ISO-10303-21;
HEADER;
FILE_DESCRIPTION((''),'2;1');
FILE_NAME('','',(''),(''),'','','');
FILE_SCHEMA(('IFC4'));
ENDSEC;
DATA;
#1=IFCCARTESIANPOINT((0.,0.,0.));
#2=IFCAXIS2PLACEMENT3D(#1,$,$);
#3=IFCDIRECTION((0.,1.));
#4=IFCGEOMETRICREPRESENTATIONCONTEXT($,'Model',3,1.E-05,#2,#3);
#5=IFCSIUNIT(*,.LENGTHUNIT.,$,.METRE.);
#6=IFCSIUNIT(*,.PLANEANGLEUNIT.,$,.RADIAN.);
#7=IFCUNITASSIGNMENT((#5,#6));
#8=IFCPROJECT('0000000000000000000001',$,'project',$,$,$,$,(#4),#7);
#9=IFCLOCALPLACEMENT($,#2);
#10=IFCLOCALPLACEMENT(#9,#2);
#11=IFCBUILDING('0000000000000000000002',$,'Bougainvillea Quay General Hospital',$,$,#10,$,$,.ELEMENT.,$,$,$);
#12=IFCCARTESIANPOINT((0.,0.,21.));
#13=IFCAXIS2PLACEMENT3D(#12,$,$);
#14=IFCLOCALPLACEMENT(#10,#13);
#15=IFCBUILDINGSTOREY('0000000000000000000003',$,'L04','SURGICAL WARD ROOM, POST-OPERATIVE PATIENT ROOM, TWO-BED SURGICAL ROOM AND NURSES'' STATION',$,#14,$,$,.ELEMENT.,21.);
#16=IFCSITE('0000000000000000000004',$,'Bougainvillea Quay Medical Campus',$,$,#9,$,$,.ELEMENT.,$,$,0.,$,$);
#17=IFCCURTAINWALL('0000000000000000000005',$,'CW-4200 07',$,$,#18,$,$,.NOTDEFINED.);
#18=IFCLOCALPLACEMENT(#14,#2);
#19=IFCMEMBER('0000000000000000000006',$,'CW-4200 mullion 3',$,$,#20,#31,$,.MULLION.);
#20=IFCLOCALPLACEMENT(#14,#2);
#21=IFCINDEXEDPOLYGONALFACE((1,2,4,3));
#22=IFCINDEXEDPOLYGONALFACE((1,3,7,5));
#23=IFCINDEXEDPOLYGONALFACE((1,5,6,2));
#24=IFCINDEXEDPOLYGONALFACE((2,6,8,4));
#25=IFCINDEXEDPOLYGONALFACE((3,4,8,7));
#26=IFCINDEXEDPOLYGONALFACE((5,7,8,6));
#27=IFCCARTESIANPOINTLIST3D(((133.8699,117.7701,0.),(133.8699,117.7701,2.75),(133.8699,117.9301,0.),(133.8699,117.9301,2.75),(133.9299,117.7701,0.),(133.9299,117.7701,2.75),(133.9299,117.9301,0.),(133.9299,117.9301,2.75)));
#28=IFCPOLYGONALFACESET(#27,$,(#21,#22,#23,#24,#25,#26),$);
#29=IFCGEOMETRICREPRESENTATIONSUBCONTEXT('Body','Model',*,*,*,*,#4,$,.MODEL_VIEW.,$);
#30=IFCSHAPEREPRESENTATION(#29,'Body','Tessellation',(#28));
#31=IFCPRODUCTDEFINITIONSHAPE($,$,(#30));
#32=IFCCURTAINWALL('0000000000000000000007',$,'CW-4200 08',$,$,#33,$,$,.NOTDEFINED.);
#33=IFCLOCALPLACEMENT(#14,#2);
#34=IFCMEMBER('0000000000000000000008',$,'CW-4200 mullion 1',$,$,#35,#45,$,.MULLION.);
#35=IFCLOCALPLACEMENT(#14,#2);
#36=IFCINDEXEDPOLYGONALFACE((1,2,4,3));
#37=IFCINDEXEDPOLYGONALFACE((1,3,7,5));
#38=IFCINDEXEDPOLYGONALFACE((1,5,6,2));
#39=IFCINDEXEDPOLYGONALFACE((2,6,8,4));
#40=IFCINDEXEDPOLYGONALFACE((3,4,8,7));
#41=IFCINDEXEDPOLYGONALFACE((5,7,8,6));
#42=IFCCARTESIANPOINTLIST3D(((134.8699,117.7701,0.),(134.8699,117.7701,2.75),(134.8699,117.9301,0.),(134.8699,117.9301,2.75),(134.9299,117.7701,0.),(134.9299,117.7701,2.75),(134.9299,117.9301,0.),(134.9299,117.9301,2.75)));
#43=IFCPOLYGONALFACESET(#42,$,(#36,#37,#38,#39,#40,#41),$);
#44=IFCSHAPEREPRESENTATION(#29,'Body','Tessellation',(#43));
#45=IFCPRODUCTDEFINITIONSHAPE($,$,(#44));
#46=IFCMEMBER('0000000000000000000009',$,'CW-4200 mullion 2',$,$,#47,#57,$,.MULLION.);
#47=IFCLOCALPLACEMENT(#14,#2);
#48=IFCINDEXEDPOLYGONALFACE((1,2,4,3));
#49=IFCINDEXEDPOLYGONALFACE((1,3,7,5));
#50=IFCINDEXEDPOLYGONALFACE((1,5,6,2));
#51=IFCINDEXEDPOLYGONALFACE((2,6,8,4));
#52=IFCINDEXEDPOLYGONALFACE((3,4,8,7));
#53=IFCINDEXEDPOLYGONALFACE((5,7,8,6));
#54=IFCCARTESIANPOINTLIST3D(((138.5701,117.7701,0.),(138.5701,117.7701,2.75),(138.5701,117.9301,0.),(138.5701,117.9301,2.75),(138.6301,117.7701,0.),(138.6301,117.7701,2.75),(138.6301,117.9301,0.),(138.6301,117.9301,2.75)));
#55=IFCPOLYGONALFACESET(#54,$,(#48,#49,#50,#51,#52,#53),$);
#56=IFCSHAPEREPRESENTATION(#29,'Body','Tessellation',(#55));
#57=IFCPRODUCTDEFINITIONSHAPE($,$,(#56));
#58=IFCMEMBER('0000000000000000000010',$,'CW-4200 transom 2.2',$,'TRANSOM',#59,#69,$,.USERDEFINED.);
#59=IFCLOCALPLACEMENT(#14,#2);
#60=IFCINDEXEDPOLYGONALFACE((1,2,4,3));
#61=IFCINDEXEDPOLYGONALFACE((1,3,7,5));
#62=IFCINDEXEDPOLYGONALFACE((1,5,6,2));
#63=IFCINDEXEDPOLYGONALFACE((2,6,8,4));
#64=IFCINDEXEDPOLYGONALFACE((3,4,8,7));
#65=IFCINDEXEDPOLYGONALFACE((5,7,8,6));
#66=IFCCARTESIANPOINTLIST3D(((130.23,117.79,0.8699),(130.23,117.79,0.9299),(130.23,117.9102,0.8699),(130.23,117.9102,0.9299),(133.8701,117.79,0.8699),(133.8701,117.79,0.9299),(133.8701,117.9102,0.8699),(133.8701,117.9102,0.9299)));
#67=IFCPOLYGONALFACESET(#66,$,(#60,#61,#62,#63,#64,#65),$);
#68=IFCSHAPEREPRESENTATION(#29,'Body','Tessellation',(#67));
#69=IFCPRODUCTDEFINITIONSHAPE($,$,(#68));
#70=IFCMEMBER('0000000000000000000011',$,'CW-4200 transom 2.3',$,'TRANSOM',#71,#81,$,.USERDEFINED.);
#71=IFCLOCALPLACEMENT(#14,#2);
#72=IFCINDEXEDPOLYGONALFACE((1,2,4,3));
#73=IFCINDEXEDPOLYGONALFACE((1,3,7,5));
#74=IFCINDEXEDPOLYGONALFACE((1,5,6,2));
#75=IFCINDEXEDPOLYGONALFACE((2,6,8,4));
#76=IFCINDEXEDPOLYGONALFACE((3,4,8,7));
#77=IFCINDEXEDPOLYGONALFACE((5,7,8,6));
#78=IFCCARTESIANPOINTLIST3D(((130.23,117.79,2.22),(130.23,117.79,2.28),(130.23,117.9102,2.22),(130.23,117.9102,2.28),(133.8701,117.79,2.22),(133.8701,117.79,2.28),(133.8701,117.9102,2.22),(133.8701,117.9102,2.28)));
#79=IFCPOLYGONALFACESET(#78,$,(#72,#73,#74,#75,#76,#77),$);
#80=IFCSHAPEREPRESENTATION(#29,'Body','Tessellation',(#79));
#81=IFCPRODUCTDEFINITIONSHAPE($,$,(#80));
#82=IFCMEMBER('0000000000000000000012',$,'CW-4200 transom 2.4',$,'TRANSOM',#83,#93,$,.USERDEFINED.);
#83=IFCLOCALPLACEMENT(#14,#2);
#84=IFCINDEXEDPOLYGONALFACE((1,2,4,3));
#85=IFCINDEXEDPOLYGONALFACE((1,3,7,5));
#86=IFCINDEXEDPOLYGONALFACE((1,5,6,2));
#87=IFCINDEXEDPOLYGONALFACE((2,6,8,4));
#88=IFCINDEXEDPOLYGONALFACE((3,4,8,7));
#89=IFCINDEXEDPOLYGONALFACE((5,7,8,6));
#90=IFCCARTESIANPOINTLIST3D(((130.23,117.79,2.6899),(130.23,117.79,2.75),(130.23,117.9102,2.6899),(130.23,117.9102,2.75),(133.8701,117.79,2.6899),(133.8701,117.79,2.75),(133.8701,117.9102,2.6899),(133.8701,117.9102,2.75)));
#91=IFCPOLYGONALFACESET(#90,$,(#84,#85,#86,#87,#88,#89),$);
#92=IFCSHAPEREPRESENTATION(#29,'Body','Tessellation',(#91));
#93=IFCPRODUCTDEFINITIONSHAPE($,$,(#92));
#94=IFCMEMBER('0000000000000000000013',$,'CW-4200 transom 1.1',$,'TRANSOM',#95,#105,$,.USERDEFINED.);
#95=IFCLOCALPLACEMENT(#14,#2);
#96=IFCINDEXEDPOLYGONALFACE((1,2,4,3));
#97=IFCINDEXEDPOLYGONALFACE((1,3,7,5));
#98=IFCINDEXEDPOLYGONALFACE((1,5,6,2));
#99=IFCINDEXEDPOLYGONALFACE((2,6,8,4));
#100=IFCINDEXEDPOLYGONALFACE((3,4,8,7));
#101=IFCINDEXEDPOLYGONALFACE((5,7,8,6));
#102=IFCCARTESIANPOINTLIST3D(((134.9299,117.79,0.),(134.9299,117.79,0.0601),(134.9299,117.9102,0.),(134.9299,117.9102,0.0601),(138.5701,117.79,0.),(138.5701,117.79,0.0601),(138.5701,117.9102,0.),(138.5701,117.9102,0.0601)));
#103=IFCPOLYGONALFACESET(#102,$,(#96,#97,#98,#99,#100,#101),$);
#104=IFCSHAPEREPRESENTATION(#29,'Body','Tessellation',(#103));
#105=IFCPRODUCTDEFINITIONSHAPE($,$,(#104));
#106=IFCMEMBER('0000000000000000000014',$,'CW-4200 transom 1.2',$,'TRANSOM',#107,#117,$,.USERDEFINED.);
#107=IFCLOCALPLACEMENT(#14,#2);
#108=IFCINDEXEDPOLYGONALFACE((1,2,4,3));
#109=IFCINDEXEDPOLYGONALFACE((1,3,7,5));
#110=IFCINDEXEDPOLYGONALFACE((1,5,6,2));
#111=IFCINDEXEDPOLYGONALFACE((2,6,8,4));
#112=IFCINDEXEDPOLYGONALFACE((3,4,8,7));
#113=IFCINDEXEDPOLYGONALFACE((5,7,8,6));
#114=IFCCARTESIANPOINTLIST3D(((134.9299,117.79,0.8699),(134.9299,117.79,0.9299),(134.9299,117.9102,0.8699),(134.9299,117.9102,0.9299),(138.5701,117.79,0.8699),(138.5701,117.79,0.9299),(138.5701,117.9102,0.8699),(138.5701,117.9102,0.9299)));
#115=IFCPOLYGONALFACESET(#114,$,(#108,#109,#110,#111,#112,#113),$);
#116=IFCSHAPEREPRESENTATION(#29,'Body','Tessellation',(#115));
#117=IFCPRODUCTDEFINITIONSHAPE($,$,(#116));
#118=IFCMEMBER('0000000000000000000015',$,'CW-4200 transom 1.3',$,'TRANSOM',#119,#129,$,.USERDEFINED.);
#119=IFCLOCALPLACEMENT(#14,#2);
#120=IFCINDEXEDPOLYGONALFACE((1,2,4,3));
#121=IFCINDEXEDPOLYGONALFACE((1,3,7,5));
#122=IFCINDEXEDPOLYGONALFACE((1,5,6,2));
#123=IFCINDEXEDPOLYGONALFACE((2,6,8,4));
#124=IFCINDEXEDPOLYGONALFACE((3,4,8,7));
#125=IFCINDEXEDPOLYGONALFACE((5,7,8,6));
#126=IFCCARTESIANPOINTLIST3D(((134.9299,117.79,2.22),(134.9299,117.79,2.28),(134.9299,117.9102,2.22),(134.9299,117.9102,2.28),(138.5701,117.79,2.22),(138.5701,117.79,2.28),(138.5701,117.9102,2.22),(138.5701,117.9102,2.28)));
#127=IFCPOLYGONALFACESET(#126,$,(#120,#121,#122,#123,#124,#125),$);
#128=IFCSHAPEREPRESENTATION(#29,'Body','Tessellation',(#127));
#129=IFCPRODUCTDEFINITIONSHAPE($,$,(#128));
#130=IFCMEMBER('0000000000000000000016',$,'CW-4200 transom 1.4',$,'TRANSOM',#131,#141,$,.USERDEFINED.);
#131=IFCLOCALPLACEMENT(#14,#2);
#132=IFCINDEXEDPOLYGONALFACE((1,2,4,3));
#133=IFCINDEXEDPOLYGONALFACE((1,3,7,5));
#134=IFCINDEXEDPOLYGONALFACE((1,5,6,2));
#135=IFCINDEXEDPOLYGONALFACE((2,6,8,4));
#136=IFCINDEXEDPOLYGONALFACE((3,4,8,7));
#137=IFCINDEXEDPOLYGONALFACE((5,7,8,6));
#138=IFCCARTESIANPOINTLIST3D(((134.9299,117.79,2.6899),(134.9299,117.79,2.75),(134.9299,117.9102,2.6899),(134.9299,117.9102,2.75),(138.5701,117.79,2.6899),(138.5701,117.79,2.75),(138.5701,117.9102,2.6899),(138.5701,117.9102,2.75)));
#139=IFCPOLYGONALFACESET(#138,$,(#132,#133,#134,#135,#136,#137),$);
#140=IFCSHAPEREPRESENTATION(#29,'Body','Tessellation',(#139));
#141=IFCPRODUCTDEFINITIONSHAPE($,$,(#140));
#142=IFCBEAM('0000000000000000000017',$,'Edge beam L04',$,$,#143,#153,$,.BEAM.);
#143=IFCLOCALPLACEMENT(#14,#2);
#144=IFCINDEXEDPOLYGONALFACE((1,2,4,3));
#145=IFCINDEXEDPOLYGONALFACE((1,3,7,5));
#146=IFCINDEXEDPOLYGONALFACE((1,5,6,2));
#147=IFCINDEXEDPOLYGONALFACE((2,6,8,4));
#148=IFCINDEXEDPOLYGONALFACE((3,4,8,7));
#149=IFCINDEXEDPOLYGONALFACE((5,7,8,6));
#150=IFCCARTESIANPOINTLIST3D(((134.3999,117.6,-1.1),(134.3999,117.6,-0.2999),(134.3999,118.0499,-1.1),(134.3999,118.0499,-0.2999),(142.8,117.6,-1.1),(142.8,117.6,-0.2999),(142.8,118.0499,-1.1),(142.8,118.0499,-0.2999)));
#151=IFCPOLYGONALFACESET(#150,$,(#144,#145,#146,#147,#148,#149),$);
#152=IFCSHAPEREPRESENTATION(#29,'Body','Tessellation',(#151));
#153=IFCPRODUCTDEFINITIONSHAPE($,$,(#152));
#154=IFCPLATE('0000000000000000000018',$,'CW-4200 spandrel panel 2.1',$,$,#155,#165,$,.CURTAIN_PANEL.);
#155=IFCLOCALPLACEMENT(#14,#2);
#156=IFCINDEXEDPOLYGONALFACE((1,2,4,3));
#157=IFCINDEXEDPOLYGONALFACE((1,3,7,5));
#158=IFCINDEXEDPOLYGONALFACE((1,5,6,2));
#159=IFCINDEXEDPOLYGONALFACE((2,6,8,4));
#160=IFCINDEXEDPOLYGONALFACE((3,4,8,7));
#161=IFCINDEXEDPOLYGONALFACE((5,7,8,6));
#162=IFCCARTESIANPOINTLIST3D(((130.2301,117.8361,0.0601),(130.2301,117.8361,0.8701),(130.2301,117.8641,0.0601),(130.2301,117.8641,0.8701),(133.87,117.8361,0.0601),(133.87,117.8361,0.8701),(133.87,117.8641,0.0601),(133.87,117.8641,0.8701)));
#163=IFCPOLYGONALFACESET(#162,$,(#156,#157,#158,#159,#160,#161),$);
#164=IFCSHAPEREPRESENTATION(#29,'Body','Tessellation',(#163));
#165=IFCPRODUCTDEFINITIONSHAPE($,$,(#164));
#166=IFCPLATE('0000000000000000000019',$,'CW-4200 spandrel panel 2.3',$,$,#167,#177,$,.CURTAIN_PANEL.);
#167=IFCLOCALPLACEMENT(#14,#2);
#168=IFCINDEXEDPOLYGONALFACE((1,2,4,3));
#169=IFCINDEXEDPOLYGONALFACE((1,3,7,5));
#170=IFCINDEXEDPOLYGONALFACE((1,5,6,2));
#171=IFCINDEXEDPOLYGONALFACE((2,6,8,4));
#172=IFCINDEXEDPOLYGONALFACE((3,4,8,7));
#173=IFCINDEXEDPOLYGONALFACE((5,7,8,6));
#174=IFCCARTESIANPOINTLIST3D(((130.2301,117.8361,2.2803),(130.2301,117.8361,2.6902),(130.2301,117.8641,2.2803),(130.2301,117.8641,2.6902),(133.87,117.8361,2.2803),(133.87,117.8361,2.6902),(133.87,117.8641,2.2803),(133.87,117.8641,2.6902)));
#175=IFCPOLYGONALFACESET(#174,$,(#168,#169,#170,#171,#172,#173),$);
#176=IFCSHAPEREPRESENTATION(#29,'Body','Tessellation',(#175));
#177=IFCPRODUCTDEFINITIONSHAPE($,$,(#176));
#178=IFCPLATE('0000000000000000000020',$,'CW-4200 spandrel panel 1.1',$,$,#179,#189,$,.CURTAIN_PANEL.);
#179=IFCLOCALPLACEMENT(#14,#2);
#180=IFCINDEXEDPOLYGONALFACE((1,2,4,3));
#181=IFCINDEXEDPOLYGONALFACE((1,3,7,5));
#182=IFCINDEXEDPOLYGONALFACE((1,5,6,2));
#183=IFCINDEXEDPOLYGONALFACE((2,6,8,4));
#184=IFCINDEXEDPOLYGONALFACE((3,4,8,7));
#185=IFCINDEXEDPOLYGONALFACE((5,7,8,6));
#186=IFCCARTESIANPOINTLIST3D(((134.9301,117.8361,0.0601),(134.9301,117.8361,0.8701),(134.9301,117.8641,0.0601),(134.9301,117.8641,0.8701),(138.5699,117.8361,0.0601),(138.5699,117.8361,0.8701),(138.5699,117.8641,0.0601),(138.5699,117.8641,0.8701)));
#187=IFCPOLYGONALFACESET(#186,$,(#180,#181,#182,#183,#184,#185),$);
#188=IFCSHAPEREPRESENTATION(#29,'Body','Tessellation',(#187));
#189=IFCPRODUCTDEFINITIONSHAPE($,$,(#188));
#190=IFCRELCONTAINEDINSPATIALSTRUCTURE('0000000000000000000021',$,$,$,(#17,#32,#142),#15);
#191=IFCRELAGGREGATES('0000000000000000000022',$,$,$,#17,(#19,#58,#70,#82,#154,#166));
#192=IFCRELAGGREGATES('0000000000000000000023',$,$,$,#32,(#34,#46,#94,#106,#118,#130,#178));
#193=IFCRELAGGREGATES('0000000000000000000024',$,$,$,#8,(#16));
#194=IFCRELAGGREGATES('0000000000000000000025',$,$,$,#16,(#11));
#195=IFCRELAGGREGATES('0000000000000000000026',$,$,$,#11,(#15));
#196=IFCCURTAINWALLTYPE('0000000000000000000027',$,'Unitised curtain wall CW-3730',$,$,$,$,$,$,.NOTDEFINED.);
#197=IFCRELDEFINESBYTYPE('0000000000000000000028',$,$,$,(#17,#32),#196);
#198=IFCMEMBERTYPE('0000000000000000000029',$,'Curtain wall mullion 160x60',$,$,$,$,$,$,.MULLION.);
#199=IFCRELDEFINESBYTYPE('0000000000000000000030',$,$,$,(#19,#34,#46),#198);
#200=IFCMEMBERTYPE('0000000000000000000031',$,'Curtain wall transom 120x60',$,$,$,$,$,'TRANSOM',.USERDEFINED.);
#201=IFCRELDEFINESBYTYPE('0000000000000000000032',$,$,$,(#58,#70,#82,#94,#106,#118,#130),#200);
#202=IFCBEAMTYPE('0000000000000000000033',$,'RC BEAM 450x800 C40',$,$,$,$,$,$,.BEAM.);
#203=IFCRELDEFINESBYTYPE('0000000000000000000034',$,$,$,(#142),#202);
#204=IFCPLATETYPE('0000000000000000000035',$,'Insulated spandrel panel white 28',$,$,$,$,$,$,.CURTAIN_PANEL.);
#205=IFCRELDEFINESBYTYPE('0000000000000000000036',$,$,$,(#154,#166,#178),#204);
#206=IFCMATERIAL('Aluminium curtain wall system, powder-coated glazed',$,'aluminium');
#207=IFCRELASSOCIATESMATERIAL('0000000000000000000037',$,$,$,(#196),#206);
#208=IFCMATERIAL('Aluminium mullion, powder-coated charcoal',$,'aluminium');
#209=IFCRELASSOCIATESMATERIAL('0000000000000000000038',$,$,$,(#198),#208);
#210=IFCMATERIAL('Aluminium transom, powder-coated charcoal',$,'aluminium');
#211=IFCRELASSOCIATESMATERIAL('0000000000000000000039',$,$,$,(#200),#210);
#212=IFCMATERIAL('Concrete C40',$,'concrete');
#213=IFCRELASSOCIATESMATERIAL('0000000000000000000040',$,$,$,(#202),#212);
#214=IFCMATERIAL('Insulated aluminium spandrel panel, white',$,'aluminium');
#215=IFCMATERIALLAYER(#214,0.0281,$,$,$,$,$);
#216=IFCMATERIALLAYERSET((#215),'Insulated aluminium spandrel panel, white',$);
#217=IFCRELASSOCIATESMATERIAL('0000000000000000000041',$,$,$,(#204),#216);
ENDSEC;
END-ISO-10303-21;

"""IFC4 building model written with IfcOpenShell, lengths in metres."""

from ifc_helpers import new_model, si_unit, direction, frame, origin, origin_2d, place, context, subcontext, project, spatial, rectangle, extrude, material, layer, layer_set, material_profile, profile_set, type_object, element, aggregate, save


model = new_model("IFC4")

# Units and contexts
model_context = context("Model", 3, precision=1e-05, world=origin(), true_north=direction((0.0, 1.0)))
body_context = subcontext(model_context, "Body", "Model", "MODEL_VIEW")
ifc_project = project(units=[si_unit("LENGTHUNIT", "METRE"), si_unit("PLANEANGLEUNIT", "RADIAN")], contexts=[model_context])

# Site, building, storey
site_placement = place(None, origin())
site = spatial("IfcSite", under=ifc_project, at=site_placement, Name="Bougainvillea Quay Medical Campus", CompositionType="ELEMENT", RefElevation=0.0)
building_placement = place(site_placement, origin())
building = spatial("IfcBuilding", under=site, at=building_placement, Name="Bougainvillea Quay General Hospital", CompositionType="ELEMENT")
storey_placement = place(building_placement, frame((0.0, 0.0, 21.0)))
storey = spatial("IfcBuildingStorey", under=building, at=storey_placement, Name="L04", Description="SURGICAL WARD ROOM, POST-OPERATIVE PATIENT ROOM, TWO-BED SURGICAL ROOM AND NURSES' STATION", CompositionType="ELEMENT", Elevation=21.0)

# Curtain wall, member
ifc_material_1 = material(Name="Aluminium curtain wall system, powder-coated glazed", Category="aluminium")
curtain_wall_type = type_object("IfcCurtainWallType", Name="Unitised curtain wall CW-3730", PredefinedType="NOTDEFINED", material=ifc_material_1)
curtain_wall_1_placement = place(storey_placement, origin())
curtain_wall_1 = element("IfcCurtainWall", 1, at=curtain_wall_1_placement, inside=storey, type_object=curtain_wall_type, Name="CW-4200 07", PredefinedType="NOTDEFINED")
ifc_material_2 = material(Name="Aluminium mullion, powder-coated charcoal", Category="aluminium")
ifc_material_profile_1 = material_profile(ifc_material_2, rectangle(XDim=0.1599, YDim=0.0601, at=origin_2d()))
ifc_profile_set_1 = profile_set([ifc_material_profile_1], Name="Aluminium mullion, powder-coated charcoal")
member_type_1 = type_object("IfcMemberType", Name="Curtain wall mullion 160x60", PredefinedType="MULLION", material=ifc_profile_set_1)
member_1_placement = place(storey_placement, frame((133.8999, 117.8501, 0.0), z_axis=(0.0, 0.0, 1.0), x_axis=(0.0, 1.0, 0.0)))
member_1 = element("IfcMember", 2, at=member_1_placement, type_object=member_type_1, Name="CW-4200 mullion 3", PredefinedType="MULLION", context=body_context, shape_type="SweptSolid", body=[
    extrude(rectangle(XDim=0.1599, YDim=0.0601, at=origin_2d()), origin(), (0.0, 0.0, 1.0), 2.75),
])

# Curtain wall, members
curtain_wall_2_placement = place(storey_placement, origin())
curtain_wall_2 = element("IfcCurtainWall", 3, at=curtain_wall_2_placement, inside=storey, type_object=curtain_wall_type, Name="CW-4200 08", PredefinedType="NOTDEFINED")
member_2_placement = place(storey_placement, frame((134.8999, 117.8501, 0.0), z_axis=(0.0, 0.0, 1.0), x_axis=(0.0, 1.0, 0.0)))
member_2 = element("IfcMember", 4, at=member_2_placement, type_object=member_type_1, Name="CW-4200 mullion 1", PredefinedType="MULLION", context=body_context, shape_type="SweptSolid", body=[
    extrude(rectangle(XDim=0.1599, YDim=0.0601, at=origin_2d()), origin(), (0.0, 0.0, 1.0), 2.75),
])
member_3_placement = place(storey_placement, frame((138.6001, 117.8501, 0.0), z_axis=(0.0, 0.0, 1.0), x_axis=(0.0, 1.0, 0.0)))
member_3 = element("IfcMember", 5, at=member_3_placement, type_object=member_type_1, Name="CW-4200 mullion 2", PredefinedType="MULLION", context=body_context, shape_type="SweptSolid", body=[
    extrude(rectangle(XDim=0.1599, YDim=0.0601, at=origin_2d()), origin(), (0.0, 0.0, 1.0), 2.75),
])

# Members
ifc_material_3 = material(Name="Aluminium transom, powder-coated charcoal", Category="aluminium")
ifc_material_profile_2 = material_profile(ifc_material_3, rectangle(XDim=0.1201, YDim=0.0601, at=origin_2d()))
ifc_profile_set_2 = profile_set([ifc_material_profile_2], Name="Aluminium transom, powder-coated charcoal")
member_type_2 = type_object("IfcMemberType", Name="Curtain wall transom 120x60", ElementType="TRANSOM", PredefinedType="USERDEFINED", material=ifc_profile_set_2)
member_4_placement = place(storey_placement, frame((130.23, 117.8501, 0.8999), z_axis=(1.0, 0.0, 0.0), x_axis=(0.0, 1.0, 0.0)))
member_4 = element("IfcMember", 6, at=member_4_placement, type_object=member_type_2, Name="CW-4200 transom 2.2", ObjectType="TRANSOM", PredefinedType="USERDEFINED", context=body_context, shape_type="SweptSolid", body=[
    extrude(rectangle(XDim=0.1201, YDim=0.0601, at=origin_2d()), origin(), (0.0, 0.0, 1.0), 3.6401),
])
member_5_placement = place(storey_placement, frame((130.23, 117.8501, 2.25), z_axis=(1.0, 0.0, 0.0), x_axis=(0.0, 1.0, 0.0)))
member_5 = element("IfcMember", 7, at=member_5_placement, type_object=member_type_2, Name="CW-4200 transom 2.3", ObjectType="TRANSOM", PredefinedType="USERDEFINED", context=body_context, shape_type="SweptSolid", body=[
    extrude(rectangle(XDim=0.1201, YDim=0.0601, at=origin_2d()), origin(), (0.0, 0.0, 1.0), 3.6401),
])
member_6_placement = place(storey_placement, frame((130.23, 117.8501, 2.72), z_axis=(1.0, 0.0, 0.0), x_axis=(0.0, 1.0, 0.0)))
member_6 = element("IfcMember", 8, at=member_6_placement, type_object=member_type_2, Name="CW-4200 transom 2.4", ObjectType="TRANSOM", PredefinedType="USERDEFINED", context=body_context, shape_type="SweptSolid", body=[
    extrude(rectangle(XDim=0.1201, YDim=0.0601, at=origin_2d()), origin(), (0.0, 0.0, 1.0), 3.6401),
])
member_7_placement = place(storey_placement, frame((134.9299, 117.8501, 0.03), z_axis=(1.0, 0.0, 0.0), x_axis=(0.0, 1.0, 0.0)))
member_7 = element("IfcMember", 9, at=member_7_placement, type_object=member_type_2, Name="CW-4200 transom 1.1", ObjectType="TRANSOM", PredefinedType="USERDEFINED", context=body_context, shape_type="SweptSolid", body=[
    extrude(rectangle(XDim=0.1201, YDim=0.0601, at=origin_2d()), origin(), (0.0, 0.0, 1.0), 3.6401),
])
member_8_placement = place(storey_placement, frame((134.9299, 117.8501, 0.8999), z_axis=(1.0, 0.0, 0.0), x_axis=(0.0, 1.0, 0.0)))
member_8 = element("IfcMember", 10, at=member_8_placement, type_object=member_type_2, Name="CW-4200 transom 1.2", ObjectType="TRANSOM", PredefinedType="USERDEFINED", context=body_context, shape_type="SweptSolid", body=[
    extrude(rectangle(XDim=0.1201, YDim=0.0601, at=origin_2d()), origin(), (0.0, 0.0, 1.0), 3.6401),
])
member_9_placement = place(storey_placement, frame((134.9299, 117.8501, 2.25), z_axis=(1.0, 0.0, 0.0), x_axis=(0.0, 1.0, 0.0)))
member_9 = element("IfcMember", 11, at=member_9_placement, type_object=member_type_2, Name="CW-4200 transom 1.3", ObjectType="TRANSOM", PredefinedType="USERDEFINED", context=body_context, shape_type="SweptSolid", body=[
    extrude(rectangle(XDim=0.1201, YDim=0.0601, at=origin_2d()), origin(), (0.0, 0.0, 1.0), 3.6401),
])
member_10_placement = place(storey_placement, frame((134.9299, 117.8501, 2.72), z_axis=(1.0, 0.0, 0.0), x_axis=(0.0, 1.0, 0.0)))
member_10 = element("IfcMember", 12, at=member_10_placement, type_object=member_type_2, Name="CW-4200 transom 1.4", ObjectType="TRANSOM", PredefinedType="USERDEFINED", context=body_context, shape_type="SweptSolid", body=[
    extrude(rectangle(XDim=0.1201, YDim=0.0601, at=origin_2d()), origin(), (0.0, 0.0, 1.0), 3.6401),
])

# Beam
ifc_material_4 = material(Name="Concrete C40", Category="concrete")
ifc_material_profile_3 = material_profile(ifc_material_4, rectangle(XDim=0.45, YDim=0.8, at=origin_2d()))
ifc_profile_set_3 = profile_set([ifc_material_profile_3], Name="Concrete C40")
beam_type = type_object("IfcBeamType", Name="RC BEAM 450x800 C40", PredefinedType="BEAM", material=ifc_profile_set_3)
beam_placement = place(storey_placement, frame((134.3999, 117.825, -0.7), z_axis=(1.0, 0.0, 0.0), x_axis=(0.0, 1.0, 0.0)))
element("IfcBeam", 13, at=beam_placement, inside=storey, type_object=beam_type, Name="Edge beam L04", PredefinedType="BEAM", context=body_context, shape_type="SweptSolid", body=[
    extrude(rectangle(XDim=0.45, YDim=0.8, at=origin_2d()), origin(), (0.0, 0.0, 1.0), 8.4001),
])

# Plates
ifc_material_5 = material(Name="Insulated aluminium spandrel panel, white", Category="aluminium")
ifc_layer_1 = layer(ifc_material_5, 0.0281)
ifc_layer_set_1 = layer_set([ifc_layer_1], Name="Insulated aluminium spandrel panel, white")
plate_type_1 = type_object("IfcPlateType", Name="Insulated spandrel panel white 28", PredefinedType="CURTAIN_PANEL", material=ifc_layer_set_1)
plate_1_placement = place(storey_placement, frame((132.05, 117.8501, 0.0601), z_axis=(0.0, 0.0, 1.0), x_axis=(1.0, 0.0, 0.0)))
plate_1 = element("IfcPlate", 14, at=plate_1_placement, type_object=plate_type_1, Name="CW-4200 spandrel panel 2.1", PredefinedType="CURTAIN_PANEL", context=body_context, shape_type="SweptSolid", body=[
    extrude(rectangle(XDim=3.6399, YDim=0.0281, at=origin_2d()), origin(), (0.0, 0.0, 1.0), 0.8101),
])
plate_2_placement = place(storey_placement, frame((132.05, 117.8501, 2.2803), z_axis=(0.0, 0.0, 1.0), x_axis=(1.0, 0.0, 0.0)))
plate_2 = element("IfcPlate", 15, at=plate_2_placement, type_object=plate_type_1, Name="CW-4200 spandrel panel 2.3", PredefinedType="CURTAIN_PANEL", context=body_context, shape_type="SweptSolid", body=[
    extrude(rectangle(XDim=3.6399, YDim=0.0281, at=origin_2d()), origin(), (0.0, 0.0, 1.0), 0.4099),
])
plate_3_placement = place(storey_placement, frame((136.75, 117.8501, 0.0601), z_axis=(0.0, 0.0, 1.0), x_axis=(1.0, 0.0, 0.0)))
plate_3 = element("IfcPlate", 16, at=plate_3_placement, type_object=plate_type_1, Name="CW-4200 spandrel panel 1.1", PredefinedType="CURTAIN_PANEL", context=body_context, shape_type="SweptSolid", body=[
    extrude(rectangle(XDim=3.6399, YDim=0.0281, at=origin_2d()), origin(), (0.0, 0.0, 1.0), 0.8101),
])
aggregate(curtain_wall_1, [member_1, member_4, member_5, member_6, plate_1, plate_2])
aggregate(curtain_wall_2, [member_2, member_3, member_7, member_8, member_9, member_10, plate_3])

save(model, "model.ifc")
